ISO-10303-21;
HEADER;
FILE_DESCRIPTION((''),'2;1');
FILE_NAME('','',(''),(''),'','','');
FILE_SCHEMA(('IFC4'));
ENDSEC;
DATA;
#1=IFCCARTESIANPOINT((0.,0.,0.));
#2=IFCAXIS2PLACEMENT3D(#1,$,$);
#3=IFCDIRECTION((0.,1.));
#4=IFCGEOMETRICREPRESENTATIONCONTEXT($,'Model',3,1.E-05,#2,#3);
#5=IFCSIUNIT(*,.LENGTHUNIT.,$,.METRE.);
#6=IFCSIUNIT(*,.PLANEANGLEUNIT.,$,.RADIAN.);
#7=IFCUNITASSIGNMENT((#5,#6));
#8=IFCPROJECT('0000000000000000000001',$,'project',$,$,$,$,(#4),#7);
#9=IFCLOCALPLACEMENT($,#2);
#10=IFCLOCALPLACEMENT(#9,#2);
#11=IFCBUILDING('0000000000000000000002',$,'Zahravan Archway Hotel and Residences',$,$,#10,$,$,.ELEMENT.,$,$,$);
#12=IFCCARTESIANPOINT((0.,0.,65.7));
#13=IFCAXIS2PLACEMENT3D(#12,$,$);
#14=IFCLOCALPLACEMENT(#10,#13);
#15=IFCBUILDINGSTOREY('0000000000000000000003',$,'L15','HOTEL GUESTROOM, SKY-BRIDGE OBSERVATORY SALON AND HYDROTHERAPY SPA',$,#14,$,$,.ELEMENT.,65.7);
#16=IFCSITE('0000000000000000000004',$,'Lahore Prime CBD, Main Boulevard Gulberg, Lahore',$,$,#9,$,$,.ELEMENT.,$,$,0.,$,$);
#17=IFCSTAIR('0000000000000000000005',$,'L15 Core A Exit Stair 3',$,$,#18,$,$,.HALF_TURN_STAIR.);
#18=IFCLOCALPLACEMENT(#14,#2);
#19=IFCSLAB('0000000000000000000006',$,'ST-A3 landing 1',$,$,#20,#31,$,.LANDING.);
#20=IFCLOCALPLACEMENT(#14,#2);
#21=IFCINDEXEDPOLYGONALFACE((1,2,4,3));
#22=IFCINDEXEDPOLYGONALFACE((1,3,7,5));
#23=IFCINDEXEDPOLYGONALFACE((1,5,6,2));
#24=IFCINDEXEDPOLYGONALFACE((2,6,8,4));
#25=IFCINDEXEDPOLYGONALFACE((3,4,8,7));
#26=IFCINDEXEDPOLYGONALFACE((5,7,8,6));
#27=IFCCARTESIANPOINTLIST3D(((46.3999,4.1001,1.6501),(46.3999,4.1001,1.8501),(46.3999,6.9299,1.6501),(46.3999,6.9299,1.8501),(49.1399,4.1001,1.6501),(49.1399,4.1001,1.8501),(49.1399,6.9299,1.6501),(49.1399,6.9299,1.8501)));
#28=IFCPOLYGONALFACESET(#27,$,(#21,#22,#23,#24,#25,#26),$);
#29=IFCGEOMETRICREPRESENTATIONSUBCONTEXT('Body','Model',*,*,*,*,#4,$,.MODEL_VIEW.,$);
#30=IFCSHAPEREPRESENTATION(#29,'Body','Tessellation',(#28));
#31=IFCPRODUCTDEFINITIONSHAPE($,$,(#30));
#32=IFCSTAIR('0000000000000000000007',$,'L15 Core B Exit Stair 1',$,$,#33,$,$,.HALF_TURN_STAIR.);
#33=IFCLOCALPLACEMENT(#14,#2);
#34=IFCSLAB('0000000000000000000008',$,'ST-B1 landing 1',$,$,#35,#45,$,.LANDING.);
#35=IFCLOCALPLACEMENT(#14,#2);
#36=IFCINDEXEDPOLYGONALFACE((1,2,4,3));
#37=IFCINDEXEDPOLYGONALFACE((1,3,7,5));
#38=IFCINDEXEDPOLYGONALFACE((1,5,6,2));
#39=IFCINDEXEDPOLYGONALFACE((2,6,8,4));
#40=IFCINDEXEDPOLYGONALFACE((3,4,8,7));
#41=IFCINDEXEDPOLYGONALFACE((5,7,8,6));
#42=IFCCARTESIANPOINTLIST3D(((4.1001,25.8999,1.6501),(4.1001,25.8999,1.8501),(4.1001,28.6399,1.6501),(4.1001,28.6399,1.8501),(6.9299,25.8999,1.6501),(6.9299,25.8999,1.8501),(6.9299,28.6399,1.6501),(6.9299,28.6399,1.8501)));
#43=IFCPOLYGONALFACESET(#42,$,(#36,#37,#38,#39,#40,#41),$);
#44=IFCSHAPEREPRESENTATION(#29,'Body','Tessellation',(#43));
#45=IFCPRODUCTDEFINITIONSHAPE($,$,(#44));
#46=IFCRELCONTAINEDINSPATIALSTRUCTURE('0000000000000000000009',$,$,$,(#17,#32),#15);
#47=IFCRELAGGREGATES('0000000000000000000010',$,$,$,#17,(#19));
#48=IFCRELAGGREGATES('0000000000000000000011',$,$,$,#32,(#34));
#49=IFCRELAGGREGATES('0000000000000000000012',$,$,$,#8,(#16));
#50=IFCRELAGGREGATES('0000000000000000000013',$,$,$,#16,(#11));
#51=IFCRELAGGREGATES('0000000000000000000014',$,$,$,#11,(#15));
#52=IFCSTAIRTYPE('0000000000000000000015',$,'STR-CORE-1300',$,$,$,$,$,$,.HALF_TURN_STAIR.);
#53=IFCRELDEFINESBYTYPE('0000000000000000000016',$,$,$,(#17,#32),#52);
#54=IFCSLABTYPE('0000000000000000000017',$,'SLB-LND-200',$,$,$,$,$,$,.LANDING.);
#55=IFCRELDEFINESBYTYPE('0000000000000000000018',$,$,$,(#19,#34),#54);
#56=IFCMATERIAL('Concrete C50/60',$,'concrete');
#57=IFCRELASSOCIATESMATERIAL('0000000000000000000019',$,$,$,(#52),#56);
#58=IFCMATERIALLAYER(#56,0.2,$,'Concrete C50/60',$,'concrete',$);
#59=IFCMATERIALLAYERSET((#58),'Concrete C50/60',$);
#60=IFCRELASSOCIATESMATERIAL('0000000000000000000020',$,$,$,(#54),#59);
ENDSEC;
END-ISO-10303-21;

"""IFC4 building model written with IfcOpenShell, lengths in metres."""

from ifc_helpers import new_model, si_unit, direction, frame, origin, place, context, subcontext, project, spatial, polyline, outline, extrude, material, layer, layer_set, type_object, element, aggregate, save


model = new_model("IFC4")

# Units and contexts
model_context = context("Model", 3, precision=1e-05, world=origin(), true_north=direction((0.0, 1.0)))
body_context = subcontext(model_context, "Body", "Model", "MODEL_VIEW")
ifc_project = project(units=[si_unit("LENGTHUNIT", "METRE"), si_unit("PLANEANGLEUNIT", "RADIAN")], contexts=[model_context])

# Site, building, storey
site_placement = place(None, origin())
site = spatial("IfcSite", under=ifc_project, at=site_placement, Name="Lahore Prime CBD, Main Boulevard Gulberg, Lahore", CompositionType="ELEMENT", RefElevation=0.0)
building_placement = place(site_placement, origin())
building = spatial("IfcBuilding", under=site, at=building_placement, Name="Zahravan Archway Hotel and Residences", CompositionType="ELEMENT")
storey_placement = place(building_placement, frame((0.0, 0.0, 65.7)))
storey = spatial("IfcBuildingStorey", under=building, at=storey_placement, Name="L15", Description="HOTEL GUESTROOM, SKY-BRIDGE OBSERVATORY SALON AND HYDROTHERAPY SPA", CompositionType="ELEMENT", Elevation=65.7)

# Stairs, slabs
ifc_material_1 = material(Name="Concrete C50/60", Category="concrete")
stair_type = type_object("IfcStairType", Name="STR-CORE-1300", PredefinedType="HALF_TURN_STAIR", material=ifc_material_1)
ifc_layer_1 = layer(ifc_material_1, 0.2, Name="Concrete C50/60", Category="concrete")
ifc_layer_set_1 = layer_set([ifc_layer_1], Name="Concrete C50/60")
slab_type_1 = type_object("IfcSlabType", Name="SLB-LND-200", PredefinedType="LANDING", material=ifc_layer_set_1)
stair_1_placement = place(storey_placement, origin())
stair_1 = element("IfcStair", 1, at=stair_1_placement, inside=storey, type_object=stair_type, Name="L15 Core A Exit Stair 3", PredefinedType="HALF_TURN_STAIR")
slab_1_placement = place(storey_placement, frame((0.0, 0.0, 1.6501)))
slab_1 = element("IfcSlab", 2, at=slab_1_placement, type_object=slab_type_1, Name="ST-A3 landing 1", PredefinedType="LANDING", context=body_context, shape_type="SweptSolid", body=[
    extrude(outline(polyline([(46.3999, 6.9299), (46.3999, 4.1001), (49.1399, 4.1001), (49.1399, 6.9299), (46.3999, 6.9299)])), origin(), (0.0, 0.0, 1.0), 0.2),
])
aggregate(stair_1, [slab_1])
stair_2_placement = place(storey_placement, origin())
stair_2 = element("IfcStair", 3, at=stair_2_placement, inside=storey, type_object=stair_type, Name="L15 Core B Exit Stair 1", PredefinedType="HALF_TURN_STAIR")
slab_2_placement = place(storey_placement, frame((0.0, 0.0, 1.6501)))
slab_2 = element("IfcSlab", 4, at=slab_2_placement, type_object=slab_type_1, Name="ST-B1 landing 1", PredefinedType="LANDING", context=body_context, shape_type="SweptSolid", body=[
    extrude(outline(polyline([(6.9299, 28.6399), (4.1001, 28.6399), (4.1001, 25.8999), (6.9299, 25.8999), (6.9299, 28.6399)])), origin(), (0.0, 0.0, 1.0), 0.2),
])
aggregate(stair_2, [slab_2])

save(model, "model.ifc")
